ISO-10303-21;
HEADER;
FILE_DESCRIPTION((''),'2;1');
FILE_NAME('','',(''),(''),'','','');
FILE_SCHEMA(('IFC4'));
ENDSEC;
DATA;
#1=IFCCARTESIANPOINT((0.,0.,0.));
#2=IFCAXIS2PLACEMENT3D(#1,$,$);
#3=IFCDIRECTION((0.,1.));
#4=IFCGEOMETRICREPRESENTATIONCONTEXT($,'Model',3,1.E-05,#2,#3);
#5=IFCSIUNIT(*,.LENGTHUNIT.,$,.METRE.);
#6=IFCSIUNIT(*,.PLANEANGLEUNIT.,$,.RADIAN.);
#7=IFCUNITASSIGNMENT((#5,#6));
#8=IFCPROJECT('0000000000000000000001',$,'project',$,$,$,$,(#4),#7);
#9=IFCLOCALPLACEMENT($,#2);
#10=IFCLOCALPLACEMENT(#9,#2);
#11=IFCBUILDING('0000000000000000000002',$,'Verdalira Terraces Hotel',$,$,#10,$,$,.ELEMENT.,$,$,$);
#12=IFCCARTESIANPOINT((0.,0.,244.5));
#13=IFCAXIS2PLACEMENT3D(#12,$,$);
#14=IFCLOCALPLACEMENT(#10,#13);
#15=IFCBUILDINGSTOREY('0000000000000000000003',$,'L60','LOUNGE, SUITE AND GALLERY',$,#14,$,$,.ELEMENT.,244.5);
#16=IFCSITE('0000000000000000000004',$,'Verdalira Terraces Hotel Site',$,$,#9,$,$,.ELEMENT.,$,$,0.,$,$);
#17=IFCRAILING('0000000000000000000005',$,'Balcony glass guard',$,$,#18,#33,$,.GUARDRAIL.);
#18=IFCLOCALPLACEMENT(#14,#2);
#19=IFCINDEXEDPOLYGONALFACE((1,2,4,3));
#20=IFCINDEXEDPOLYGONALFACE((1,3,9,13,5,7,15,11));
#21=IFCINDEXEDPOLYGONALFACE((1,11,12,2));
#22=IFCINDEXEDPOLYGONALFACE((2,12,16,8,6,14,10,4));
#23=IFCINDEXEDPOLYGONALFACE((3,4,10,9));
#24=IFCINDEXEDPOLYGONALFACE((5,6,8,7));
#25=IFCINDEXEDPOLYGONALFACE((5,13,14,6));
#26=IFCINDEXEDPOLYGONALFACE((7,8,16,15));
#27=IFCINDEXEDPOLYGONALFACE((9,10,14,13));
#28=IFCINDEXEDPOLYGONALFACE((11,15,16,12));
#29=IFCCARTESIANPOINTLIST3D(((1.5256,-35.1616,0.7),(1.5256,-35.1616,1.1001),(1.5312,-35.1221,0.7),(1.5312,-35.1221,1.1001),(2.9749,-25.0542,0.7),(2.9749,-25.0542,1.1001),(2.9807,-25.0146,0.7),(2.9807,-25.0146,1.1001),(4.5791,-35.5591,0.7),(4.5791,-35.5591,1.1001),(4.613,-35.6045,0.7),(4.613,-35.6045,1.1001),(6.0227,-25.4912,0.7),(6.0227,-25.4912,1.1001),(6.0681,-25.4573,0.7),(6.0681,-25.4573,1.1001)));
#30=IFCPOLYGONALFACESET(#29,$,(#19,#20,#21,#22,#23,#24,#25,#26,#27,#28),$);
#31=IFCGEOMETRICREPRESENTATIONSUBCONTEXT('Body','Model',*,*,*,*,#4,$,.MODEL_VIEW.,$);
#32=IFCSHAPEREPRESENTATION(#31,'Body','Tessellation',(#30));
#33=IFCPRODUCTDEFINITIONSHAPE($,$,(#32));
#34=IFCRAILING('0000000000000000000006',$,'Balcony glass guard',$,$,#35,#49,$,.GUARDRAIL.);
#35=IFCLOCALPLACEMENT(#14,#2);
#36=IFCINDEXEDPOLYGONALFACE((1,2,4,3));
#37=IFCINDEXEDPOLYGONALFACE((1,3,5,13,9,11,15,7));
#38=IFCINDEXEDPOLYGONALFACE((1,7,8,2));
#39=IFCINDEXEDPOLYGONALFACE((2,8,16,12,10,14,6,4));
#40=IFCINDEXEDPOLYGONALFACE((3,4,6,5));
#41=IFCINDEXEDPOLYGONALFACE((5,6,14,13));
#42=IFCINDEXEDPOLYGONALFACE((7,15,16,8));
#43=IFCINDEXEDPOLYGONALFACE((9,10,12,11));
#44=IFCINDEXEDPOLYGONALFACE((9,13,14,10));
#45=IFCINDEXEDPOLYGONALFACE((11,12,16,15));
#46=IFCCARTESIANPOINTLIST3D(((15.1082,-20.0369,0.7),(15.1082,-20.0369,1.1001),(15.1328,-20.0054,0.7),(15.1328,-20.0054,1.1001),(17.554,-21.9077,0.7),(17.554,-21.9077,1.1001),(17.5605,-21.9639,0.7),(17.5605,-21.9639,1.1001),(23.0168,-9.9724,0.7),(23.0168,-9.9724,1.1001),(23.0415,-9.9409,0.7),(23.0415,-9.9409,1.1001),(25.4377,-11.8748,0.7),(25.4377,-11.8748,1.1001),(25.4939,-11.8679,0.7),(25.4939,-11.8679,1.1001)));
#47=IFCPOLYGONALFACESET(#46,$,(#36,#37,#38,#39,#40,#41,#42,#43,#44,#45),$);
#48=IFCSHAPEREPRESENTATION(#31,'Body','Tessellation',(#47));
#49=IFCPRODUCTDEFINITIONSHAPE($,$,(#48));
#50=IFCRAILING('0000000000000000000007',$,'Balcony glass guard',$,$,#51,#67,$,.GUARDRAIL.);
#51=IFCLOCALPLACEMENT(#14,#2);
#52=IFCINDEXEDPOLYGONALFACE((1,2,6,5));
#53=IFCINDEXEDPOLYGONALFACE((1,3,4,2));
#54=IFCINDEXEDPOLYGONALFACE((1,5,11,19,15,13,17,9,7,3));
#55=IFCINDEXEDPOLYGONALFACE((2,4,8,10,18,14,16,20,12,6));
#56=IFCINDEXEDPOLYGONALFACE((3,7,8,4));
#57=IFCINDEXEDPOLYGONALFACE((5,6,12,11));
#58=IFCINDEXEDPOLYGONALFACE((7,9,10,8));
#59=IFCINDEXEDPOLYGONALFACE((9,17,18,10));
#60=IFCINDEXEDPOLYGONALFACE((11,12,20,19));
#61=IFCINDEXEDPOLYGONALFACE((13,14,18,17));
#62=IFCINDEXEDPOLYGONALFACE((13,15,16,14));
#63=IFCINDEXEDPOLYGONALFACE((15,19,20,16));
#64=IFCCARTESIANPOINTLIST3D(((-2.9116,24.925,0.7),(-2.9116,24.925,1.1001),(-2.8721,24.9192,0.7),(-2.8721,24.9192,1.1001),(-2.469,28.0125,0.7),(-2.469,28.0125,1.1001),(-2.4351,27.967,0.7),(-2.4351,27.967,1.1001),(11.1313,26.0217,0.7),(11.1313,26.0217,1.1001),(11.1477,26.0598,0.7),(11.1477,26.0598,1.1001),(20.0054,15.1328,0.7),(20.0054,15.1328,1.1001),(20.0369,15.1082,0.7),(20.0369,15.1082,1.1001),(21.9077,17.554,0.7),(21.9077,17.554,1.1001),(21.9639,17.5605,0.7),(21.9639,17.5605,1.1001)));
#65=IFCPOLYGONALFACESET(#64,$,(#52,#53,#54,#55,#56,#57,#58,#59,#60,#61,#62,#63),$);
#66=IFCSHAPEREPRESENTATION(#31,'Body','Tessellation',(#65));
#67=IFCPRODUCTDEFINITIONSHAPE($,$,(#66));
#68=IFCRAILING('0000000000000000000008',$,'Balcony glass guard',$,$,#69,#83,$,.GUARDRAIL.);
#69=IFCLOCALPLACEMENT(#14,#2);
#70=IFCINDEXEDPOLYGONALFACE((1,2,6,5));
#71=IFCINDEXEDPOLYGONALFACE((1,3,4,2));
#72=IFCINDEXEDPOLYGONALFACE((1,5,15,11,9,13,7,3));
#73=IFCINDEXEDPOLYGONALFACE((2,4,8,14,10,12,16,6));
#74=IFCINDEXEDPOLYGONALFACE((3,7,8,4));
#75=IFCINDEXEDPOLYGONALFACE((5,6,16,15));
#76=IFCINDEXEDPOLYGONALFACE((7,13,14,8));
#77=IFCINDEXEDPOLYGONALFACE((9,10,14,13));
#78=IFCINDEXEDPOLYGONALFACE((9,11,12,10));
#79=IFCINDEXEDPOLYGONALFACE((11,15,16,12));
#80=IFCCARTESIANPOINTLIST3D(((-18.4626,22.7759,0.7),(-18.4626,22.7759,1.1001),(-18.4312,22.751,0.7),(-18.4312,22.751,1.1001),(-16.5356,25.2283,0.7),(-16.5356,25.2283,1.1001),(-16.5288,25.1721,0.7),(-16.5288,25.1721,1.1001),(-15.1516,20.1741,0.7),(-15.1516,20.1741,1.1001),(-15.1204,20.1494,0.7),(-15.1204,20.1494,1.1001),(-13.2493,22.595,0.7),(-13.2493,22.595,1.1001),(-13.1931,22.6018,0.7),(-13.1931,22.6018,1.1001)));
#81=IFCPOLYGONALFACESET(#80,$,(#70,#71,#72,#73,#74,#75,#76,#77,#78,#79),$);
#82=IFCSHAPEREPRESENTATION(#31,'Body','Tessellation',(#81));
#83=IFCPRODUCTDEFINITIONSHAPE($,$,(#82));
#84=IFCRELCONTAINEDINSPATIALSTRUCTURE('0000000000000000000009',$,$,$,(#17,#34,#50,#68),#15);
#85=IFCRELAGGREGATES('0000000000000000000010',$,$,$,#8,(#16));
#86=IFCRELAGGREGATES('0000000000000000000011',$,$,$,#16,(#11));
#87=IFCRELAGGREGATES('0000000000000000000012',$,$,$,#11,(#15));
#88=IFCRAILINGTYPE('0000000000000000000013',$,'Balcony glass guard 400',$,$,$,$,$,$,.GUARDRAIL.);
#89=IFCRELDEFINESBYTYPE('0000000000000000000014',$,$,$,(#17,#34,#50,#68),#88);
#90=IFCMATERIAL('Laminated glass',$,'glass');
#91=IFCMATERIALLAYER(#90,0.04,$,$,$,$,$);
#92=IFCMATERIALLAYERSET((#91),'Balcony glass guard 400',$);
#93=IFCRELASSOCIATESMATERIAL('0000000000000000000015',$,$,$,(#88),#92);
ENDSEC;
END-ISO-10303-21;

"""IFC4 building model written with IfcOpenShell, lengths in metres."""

from ifc_helpers import new_model, si_unit, direction, frame, origin, place, context, subcontext, project, spatial, polyline, outline, extrude, material, layer, layer_set, type_object, element, save


model = new_model("IFC4")

# Units and contexts
model_context = context("Model", 3, precision=1e-05, world=origin(), true_north=direction((0.0, 1.0)))
body_context = subcontext(model_context, "Body", "Model", "MODEL_VIEW")
ifc_project = project(units=[si_unit("LENGTHUNIT", "METRE"), si_unit("PLANEANGLEUNIT", "RADIAN")], contexts=[model_context])

# Site, building, storey
site_placement = place(None, origin())
site = spatial("IfcSite", under=ifc_project, at=site_placement, Name="Verdalira Terraces Hotel Site", CompositionType="ELEMENT", RefElevation=0.0)
building_placement = place(site_placement, origin())
building = spatial("IfcBuilding", under=site, at=building_placement, Name="Verdalira Terraces Hotel", CompositionType="ELEMENT")
storey_placement = place(building_placement, frame((0.0, 0.0, 244.5)))
storey = spatial("IfcBuildingStorey", under=building, at=storey_placement, Name="L60", Description="LOUNGE, SUITE AND GALLERY", CompositionType="ELEMENT", Elevation=244.5)

# Railings
ifc_material_1 = material(Name="Laminated glass", Category="glass")
ifc_layer_1 = layer(ifc_material_1, 0.04)
ifc_layer_set_1 = layer_set([ifc_layer_1], Name="Balcony glass guard 400")
railing_type = type_object("IfcRailingType", Name="Balcony glass guard 400", PredefinedType="GUARDRAIL", material=ifc_layer_set_1)
railing_1_placement = place(storey_placement, frame((0.0, 0.0, 0.7)))
element("IfcRailing", 1, at=railing_1_placement, inside=storey, type_object=railing_type, Name="Balcony glass guard", PredefinedType="GUARDRAIL", context=body_context, shape_type="SweptSolid", body=[
    extrude(outline(polyline([(4.5791, -35.5591), (6.0227, -25.4912), (2.9749, -25.0542), (2.9807, -25.0146), (6.0681, -25.4573), (4.613, -35.6045), (1.5256, -35.1616), (1.5312, -35.1221), (4.5791, -35.5591)])), origin(), (0.0, 0.0, 1.0), 0.4001),
])
railing_2_placement = place(storey_placement, frame((0.0, 0.0, 0.7)))
element("IfcRailing", 2, at=railing_2_placement, inside=storey, type_object=railing_type, Name="Balcony glass guard", PredefinedType="GUARDRAIL", context=body_context, shape_type="SweptSolid", body=[
    extrude(outline(polyline([(17.554, -21.9077), (25.4377, -11.8748), (23.0168, -9.9724), (23.0415, -9.9409), (25.4939, -11.8679), (17.5605, -21.9639), (15.1082, -20.0369), (15.1328, -20.0054), (17.554, -21.9077)])), origin(), (0.0, 0.0, 1.0), 0.4001),
])
railing_3_placement = place(storey_placement, frame((0.0, 0.0, 0.7)))
element("IfcRailing", 3, at=railing_3_placement, inside=storey, type_object=railing_type, Name="Balcony glass guard", PredefinedType="GUARDRAIL", context=body_context, shape_type="SweptSolid", body=[
    extrude(outline(polyline([(21.9077, 17.554), (11.1313, 26.0217), (-2.4351, 27.967), (-2.8721, 24.9192), (-2.9116, 24.925), (-2.469, 28.0125), (11.1477, 26.0598), (21.9639, 17.5605), (20.0369, 15.1082), (20.0054, 15.1328), (21.9077, 17.554)])), origin(), (0.0, 0.0, 1.0), 0.4001),
])
railing_4_placement = place(storey_placement, frame((0.0, 0.0, 0.7)))
element("IfcRailing", 4, at=railing_4_placement, inside=storey, type_object=railing_type, Name="Balcony glass guard", PredefinedType="GUARDRAIL", context=body_context, shape_type="SweptSolid", body=[
    extrude(outline(polyline([(-13.2493, 22.595), (-16.5288, 25.1721), (-18.4312, 22.751), (-18.4626, 22.7759), (-16.5356, 25.2283), (-13.1931, 22.6018), (-15.1204, 20.1494), (-15.1516, 20.1741), (-13.2493, 22.595)])), origin(), (0.0, 0.0, 1.0), 0.4001),
])

save(model, "model.ifc")
